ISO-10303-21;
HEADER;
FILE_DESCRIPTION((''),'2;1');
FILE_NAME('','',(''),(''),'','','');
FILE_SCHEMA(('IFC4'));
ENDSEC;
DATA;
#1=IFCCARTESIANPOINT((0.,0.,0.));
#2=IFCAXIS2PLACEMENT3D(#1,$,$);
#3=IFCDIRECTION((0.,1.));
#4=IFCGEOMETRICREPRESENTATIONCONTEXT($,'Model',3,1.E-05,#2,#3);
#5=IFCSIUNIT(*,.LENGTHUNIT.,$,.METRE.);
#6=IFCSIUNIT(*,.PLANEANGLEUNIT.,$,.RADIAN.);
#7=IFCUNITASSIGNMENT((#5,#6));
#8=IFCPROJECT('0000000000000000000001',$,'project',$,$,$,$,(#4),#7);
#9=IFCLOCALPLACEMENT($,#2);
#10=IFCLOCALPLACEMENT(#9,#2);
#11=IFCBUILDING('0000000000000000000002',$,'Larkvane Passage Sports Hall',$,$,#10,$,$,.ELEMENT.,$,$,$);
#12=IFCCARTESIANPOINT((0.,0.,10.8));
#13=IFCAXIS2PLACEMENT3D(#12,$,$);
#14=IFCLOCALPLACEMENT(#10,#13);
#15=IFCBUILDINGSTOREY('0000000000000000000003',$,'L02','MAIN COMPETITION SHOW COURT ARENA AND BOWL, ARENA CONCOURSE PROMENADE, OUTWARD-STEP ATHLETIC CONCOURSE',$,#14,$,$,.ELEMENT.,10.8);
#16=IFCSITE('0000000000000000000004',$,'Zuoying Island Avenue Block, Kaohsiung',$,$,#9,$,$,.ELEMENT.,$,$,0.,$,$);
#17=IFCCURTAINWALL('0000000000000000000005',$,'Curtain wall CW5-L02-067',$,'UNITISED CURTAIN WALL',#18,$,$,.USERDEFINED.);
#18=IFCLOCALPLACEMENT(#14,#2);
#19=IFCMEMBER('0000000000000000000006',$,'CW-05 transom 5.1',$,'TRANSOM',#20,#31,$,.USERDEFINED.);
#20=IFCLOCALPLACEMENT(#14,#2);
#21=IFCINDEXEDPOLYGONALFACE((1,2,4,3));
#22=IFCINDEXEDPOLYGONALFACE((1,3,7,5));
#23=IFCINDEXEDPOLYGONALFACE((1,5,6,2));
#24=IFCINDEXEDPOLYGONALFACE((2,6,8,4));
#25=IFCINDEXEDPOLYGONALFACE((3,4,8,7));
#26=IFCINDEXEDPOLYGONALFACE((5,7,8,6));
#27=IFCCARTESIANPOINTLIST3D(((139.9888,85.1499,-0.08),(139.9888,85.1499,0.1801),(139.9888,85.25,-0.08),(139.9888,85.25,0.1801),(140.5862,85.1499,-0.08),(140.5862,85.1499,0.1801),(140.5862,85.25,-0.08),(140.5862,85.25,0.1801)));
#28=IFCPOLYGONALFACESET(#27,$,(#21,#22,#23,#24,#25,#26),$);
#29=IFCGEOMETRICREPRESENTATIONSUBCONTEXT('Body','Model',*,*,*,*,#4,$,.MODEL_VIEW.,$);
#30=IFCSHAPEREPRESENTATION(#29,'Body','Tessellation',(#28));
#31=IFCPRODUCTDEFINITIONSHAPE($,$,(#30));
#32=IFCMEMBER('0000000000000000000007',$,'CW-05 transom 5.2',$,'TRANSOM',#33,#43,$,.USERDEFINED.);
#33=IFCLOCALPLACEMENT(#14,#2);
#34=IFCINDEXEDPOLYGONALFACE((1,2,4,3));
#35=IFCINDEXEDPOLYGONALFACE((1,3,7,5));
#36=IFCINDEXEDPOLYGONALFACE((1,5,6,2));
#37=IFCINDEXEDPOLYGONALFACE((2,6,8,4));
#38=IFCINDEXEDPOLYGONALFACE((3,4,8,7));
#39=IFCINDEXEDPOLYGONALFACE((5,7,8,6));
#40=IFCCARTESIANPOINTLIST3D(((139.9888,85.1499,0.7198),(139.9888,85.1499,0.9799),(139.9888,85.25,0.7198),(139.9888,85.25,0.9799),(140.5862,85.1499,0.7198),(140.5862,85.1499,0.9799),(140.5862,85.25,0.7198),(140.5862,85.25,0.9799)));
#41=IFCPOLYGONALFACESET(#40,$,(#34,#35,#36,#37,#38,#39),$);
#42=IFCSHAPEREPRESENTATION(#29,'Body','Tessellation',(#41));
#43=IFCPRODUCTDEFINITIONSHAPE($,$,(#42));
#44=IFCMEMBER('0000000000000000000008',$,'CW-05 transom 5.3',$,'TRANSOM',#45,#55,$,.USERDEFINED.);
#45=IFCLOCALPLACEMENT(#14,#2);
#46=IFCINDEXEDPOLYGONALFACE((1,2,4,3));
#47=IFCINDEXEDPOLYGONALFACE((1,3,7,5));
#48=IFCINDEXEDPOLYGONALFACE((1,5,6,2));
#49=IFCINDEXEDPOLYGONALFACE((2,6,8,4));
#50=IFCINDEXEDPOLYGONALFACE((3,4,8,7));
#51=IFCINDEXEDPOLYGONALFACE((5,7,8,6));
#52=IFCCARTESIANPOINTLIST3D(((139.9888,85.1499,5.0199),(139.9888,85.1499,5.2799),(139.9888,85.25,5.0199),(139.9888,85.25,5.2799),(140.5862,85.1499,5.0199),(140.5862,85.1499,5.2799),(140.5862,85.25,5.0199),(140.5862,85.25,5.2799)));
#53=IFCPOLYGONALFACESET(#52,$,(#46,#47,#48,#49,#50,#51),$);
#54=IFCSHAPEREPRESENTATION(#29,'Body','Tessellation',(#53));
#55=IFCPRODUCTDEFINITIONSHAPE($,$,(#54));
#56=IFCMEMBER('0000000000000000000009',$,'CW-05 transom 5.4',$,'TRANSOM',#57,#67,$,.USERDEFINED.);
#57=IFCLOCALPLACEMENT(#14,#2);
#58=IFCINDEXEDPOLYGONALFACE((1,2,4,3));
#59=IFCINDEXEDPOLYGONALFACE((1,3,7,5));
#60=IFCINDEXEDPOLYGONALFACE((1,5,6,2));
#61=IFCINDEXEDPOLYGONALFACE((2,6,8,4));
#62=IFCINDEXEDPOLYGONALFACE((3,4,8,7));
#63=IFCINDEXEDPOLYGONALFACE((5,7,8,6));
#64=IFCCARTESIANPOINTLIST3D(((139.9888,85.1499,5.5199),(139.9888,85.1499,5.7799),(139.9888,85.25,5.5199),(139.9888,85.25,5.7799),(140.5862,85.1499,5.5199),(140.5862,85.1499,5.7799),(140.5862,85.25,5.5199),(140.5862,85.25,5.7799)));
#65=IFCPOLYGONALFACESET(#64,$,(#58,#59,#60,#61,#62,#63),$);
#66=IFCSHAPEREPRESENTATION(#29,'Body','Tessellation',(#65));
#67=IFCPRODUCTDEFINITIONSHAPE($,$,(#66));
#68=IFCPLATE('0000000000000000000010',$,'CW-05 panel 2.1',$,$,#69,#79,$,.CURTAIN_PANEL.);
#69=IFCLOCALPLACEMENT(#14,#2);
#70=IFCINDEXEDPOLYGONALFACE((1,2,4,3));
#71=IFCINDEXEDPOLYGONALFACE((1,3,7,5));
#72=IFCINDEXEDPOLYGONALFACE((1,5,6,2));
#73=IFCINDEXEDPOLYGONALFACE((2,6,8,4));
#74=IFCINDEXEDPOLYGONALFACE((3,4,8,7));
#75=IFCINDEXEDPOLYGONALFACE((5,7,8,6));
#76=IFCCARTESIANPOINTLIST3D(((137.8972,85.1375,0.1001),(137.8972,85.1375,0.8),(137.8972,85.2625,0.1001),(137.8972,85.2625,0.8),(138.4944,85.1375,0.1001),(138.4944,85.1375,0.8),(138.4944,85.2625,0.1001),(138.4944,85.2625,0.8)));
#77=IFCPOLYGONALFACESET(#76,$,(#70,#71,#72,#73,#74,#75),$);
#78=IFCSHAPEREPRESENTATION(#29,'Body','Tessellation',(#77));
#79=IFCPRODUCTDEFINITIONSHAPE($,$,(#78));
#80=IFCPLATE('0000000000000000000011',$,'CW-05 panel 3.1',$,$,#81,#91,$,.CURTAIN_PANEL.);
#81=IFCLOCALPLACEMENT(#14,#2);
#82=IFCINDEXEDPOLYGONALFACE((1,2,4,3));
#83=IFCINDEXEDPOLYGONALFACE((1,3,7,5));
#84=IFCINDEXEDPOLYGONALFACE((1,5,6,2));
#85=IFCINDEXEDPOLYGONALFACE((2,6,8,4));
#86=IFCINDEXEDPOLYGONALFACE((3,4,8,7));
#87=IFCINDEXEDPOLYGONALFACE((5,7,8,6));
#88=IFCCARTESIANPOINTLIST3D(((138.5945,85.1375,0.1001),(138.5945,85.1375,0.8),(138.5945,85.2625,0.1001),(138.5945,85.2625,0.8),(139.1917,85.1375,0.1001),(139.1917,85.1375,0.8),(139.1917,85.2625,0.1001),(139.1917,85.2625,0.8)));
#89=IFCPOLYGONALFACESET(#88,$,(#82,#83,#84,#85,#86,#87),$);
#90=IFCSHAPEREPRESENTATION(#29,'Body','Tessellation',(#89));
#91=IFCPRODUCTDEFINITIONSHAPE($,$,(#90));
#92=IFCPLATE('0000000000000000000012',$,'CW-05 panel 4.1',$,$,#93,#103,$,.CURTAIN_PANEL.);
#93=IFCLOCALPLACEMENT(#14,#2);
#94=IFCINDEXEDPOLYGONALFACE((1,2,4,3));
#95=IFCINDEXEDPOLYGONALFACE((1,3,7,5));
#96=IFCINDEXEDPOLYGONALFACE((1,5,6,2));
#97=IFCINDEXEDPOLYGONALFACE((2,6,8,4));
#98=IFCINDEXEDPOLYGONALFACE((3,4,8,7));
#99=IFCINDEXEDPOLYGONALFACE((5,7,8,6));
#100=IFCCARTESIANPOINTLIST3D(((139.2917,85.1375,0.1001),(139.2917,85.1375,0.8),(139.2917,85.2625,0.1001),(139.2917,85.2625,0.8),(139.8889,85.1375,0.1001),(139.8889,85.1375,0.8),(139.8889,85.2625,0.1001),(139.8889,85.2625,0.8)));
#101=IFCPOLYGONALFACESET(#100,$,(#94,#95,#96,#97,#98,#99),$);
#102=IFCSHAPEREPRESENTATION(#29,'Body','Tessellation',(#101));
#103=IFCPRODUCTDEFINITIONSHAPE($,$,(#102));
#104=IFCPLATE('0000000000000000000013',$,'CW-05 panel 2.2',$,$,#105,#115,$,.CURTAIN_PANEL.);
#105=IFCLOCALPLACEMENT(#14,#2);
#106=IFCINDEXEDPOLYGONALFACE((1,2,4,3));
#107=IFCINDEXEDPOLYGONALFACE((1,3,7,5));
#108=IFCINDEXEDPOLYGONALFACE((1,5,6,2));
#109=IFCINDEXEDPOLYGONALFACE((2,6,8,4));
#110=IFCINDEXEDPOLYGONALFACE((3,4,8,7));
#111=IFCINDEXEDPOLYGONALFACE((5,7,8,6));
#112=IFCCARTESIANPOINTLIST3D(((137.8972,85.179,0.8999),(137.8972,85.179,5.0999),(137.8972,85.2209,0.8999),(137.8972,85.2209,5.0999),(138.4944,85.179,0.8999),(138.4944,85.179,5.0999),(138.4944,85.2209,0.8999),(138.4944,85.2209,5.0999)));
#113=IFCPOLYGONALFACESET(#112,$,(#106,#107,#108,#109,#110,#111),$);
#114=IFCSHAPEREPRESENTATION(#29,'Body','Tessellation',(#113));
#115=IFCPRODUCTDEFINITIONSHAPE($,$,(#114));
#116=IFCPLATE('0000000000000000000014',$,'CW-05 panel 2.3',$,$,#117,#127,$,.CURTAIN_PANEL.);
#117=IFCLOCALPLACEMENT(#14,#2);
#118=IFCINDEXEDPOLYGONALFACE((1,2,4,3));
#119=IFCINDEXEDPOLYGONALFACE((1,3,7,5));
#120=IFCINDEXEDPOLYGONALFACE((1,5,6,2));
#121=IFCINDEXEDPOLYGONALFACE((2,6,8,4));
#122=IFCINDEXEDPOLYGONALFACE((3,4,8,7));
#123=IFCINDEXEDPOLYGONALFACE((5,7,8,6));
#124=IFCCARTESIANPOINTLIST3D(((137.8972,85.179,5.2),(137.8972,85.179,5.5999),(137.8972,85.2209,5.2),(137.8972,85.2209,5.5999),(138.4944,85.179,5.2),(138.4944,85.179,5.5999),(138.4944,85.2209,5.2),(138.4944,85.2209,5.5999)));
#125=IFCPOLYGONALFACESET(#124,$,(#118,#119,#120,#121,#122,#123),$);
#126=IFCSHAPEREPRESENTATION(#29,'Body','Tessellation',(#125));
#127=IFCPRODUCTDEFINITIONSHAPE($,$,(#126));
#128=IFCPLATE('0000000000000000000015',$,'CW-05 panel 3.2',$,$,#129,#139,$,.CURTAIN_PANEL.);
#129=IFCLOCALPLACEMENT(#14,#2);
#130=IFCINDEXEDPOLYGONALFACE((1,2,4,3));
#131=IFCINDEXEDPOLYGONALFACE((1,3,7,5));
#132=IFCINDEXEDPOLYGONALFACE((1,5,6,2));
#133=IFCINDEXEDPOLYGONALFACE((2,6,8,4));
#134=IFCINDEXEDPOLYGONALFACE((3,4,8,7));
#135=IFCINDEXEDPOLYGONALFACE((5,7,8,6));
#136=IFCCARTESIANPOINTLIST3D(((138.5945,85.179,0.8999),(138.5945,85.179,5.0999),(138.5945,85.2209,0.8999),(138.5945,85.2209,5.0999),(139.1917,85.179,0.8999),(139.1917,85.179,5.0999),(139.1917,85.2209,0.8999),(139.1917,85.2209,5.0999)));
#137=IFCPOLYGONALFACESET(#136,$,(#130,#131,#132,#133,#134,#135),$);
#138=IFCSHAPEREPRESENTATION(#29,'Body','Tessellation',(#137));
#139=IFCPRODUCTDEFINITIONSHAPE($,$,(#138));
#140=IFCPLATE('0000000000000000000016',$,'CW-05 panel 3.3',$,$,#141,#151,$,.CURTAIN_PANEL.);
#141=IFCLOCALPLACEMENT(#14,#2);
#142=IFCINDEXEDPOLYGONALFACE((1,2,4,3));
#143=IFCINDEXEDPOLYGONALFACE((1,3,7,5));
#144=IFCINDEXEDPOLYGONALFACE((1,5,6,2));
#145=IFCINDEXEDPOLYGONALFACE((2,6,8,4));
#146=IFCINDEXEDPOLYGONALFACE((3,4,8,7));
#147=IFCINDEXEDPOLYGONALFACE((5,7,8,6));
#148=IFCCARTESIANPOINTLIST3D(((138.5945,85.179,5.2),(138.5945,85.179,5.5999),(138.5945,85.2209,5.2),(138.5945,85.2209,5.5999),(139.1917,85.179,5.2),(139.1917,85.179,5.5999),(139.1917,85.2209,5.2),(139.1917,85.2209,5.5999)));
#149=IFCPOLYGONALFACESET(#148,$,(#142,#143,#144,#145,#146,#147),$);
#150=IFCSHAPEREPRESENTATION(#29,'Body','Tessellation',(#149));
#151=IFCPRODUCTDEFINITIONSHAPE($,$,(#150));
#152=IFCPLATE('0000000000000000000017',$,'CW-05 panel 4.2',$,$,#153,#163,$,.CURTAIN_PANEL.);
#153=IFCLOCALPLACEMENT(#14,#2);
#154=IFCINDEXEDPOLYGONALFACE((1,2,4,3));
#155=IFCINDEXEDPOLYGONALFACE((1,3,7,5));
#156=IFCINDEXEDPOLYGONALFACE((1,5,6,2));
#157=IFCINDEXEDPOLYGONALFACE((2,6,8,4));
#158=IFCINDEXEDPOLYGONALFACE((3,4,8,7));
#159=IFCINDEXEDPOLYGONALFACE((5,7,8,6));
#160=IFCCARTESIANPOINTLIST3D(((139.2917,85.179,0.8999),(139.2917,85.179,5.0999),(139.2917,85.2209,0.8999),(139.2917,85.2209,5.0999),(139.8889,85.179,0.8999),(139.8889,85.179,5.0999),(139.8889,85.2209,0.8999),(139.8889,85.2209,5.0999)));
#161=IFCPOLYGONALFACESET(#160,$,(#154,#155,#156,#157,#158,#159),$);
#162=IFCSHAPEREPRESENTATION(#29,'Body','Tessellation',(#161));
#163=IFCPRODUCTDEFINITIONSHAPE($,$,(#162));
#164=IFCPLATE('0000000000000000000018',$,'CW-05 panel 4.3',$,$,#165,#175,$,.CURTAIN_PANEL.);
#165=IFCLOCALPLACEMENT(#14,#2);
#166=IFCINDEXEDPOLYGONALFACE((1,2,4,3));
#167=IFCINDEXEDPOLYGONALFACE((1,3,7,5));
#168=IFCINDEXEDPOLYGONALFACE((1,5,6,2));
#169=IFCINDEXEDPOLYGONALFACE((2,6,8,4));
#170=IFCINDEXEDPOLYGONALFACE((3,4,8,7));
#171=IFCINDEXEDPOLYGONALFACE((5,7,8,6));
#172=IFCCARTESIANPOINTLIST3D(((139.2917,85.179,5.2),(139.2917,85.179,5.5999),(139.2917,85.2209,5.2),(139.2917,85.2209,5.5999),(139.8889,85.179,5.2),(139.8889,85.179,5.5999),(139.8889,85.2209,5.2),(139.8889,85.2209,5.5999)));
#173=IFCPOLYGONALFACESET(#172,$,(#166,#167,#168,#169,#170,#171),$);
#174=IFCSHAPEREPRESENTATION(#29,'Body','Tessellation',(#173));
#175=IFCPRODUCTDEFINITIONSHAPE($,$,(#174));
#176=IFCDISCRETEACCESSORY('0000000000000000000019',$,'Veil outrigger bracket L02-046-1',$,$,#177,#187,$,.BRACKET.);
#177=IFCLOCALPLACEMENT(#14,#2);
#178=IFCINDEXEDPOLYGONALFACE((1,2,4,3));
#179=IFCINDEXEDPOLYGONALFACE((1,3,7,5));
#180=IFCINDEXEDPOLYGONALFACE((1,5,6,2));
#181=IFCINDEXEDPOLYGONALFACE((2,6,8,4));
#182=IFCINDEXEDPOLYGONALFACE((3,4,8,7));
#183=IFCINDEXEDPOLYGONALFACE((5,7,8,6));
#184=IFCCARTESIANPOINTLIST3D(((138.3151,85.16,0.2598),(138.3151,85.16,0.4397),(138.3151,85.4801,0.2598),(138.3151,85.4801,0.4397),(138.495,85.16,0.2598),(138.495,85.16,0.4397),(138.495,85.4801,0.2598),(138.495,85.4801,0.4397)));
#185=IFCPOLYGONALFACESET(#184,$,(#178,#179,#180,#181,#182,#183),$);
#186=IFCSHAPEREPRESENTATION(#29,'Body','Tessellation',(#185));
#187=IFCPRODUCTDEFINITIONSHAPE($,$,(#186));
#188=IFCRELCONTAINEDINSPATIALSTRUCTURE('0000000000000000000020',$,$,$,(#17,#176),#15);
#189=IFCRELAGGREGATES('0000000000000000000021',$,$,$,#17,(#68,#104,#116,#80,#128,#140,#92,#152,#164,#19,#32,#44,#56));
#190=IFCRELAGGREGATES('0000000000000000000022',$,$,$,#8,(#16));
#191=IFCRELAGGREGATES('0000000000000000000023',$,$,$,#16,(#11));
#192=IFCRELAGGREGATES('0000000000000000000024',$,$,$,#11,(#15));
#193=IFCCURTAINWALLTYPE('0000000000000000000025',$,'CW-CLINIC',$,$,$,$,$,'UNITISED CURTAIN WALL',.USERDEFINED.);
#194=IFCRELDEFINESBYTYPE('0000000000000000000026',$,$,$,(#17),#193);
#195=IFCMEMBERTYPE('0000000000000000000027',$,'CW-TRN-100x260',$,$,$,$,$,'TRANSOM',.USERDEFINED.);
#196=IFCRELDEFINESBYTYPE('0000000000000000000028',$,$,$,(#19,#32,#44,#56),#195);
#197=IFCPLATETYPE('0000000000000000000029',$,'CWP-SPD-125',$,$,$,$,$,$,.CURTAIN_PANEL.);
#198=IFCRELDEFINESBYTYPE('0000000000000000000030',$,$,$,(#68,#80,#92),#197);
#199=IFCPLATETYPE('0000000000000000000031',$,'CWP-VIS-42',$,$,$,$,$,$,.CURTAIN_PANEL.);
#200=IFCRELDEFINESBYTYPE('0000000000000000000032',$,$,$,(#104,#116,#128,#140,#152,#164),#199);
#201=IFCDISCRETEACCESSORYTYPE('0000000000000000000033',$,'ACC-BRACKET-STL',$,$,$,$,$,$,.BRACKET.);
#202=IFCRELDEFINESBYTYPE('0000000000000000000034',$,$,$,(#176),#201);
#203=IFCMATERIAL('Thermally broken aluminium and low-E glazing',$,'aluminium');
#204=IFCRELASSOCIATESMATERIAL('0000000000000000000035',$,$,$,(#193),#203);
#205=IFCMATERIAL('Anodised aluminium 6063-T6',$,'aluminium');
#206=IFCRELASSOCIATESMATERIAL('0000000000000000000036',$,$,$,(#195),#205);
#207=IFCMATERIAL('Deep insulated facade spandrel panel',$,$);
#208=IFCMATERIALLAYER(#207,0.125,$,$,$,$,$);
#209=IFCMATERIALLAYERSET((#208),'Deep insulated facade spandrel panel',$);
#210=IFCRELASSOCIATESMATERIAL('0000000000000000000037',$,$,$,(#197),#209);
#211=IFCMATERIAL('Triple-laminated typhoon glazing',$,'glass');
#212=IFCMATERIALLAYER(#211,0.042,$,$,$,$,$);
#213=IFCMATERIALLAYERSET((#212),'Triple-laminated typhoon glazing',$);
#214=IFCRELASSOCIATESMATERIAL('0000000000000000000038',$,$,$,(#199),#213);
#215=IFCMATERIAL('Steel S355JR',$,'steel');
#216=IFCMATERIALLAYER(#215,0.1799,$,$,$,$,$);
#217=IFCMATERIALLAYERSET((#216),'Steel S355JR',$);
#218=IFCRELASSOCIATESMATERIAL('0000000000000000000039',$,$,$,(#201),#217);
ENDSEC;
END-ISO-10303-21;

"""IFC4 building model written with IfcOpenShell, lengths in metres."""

from ifc_helpers import new_model, si_unit, direction, frame, origin, origin_2d, place, context, subcontext, project, spatial, rectangle, extrude, material, layer, layer_set, material_profile, profile_set, type_object, element, aggregate, save


model = new_model("IFC4")

# Units and contexts
model_context = context("Model", 3, precision=1e-05, world=origin(), true_north=direction((0.0, 1.0)))
body_context = subcontext(model_context, "Body", "Model", "MODEL_VIEW")
ifc_project = project(units=[si_unit("LENGTHUNIT", "METRE"), si_unit("PLANEANGLEUNIT", "RADIAN")], contexts=[model_context])

# Site, building, storey
site_placement = place(None, origin())
site = spatial("IfcSite", under=ifc_project, at=site_placement, Name="Zuoying Island Avenue Block, Kaohsiung", CompositionType="ELEMENT", RefElevation=0.0)
building_placement = place(site_placement, origin())
building = spatial("IfcBuilding", under=site, at=building_placement, Name="Larkvane Passage Sports Hall", CompositionType="ELEMENT")
storey_placement = place(building_placement, frame((0.0, 0.0, 10.8)))
storey = spatial("IfcBuildingStorey", under=building, at=storey_placement, Name="L02", Description="MAIN COMPETITION SHOW COURT ARENA AND BOWL, ARENA CONCOURSE PROMENADE, OUTWARD-STEP ATHLETIC CONCOURSE", CompositionType="ELEMENT", Elevation=10.8)

# Curtain wall, members, plates
ifc_material_1 = material(Name="Thermally broken aluminium and low-E glazing", Category="aluminium")
curtain_wall_type = type_object("IfcCurtainWallType", Name="CW-CLINIC", ElementType="UNITISED CURTAIN WALL", PredefinedType="USERDEFINED", material=ifc_material_1)
curtain_wall_placement = place(storey_placement, origin())
curtain_wall = element("IfcCurtainWall", 1, at=curtain_wall_placement, inside=storey, type_object=curtain_wall_type, Name="Curtain wall CW5-L02-067", ObjectType="UNITISED CURTAIN WALL", PredefinedType="USERDEFINED")
ifc_material_2 = material(Name="Anodised aluminium 6063-T6", Category="aluminium")
ifc_material_profile_1 = material_profile(ifc_material_2, rectangle(XDim=0.1001, YDim=0.26, at=origin_2d()), Name="ALU-TRN-100x260")
ifc_profile_set_1 = profile_set([ifc_material_profile_1], Name="Anodised aluminium 6063-T6")
member_type_1 = type_object("IfcMemberType", Name="CW-TRN-100x260", ElementType="TRANSOM", PredefinedType="USERDEFINED", material=ifc_profile_set_1)
member_1_placement = place(storey_placement, frame((139.9888, 85.2, 0.05), z_axis=(1.0, 0.0, 0.0), x_axis=(0.0, 1.0, 0.0)))
member_1 = element("IfcMember", 2, at=member_1_placement, type_object=member_type_1, Name="CW-05 transom 5.1", ObjectType="TRANSOM", PredefinedType="USERDEFINED", context=body_context, shape_type="SweptSolid", body=[
    extrude(rectangle(XDim=0.1001, YDim=0.26, at=origin_2d()), origin(), (0.0, 0.0, 1.0), 0.5974),
])
member_2_placement = place(storey_placement, frame((139.9888, 85.2, 0.8499), z_axis=(1.0, 0.0, 0.0), x_axis=(0.0, 1.0, 0.0)))
member_2 = element("IfcMember", 3, at=member_2_placement, type_object=member_type_1, Name="CW-05 transom 5.2", ObjectType="TRANSOM", PredefinedType="USERDEFINED", context=body_context, shape_type="SweptSolid", body=[
    extrude(rectangle(XDim=0.1001, YDim=0.26, at=origin_2d()), origin(), (0.0, 0.0, 1.0), 0.5974),
])
member_3_placement = place(storey_placement, frame((139.9888, 85.2, 5.1499), z_axis=(1.0, 0.0, 0.0), x_axis=(0.0, 1.0, 0.0)))
member_3 = element("IfcMember", 4, at=member_3_placement, type_object=member_type_1, Name="CW-05 transom 5.3", ObjectType="TRANSOM", PredefinedType="USERDEFINED", context=body_context, shape_type="SweptSolid", body=[
    extrude(rectangle(XDim=0.1001, YDim=0.26, at=origin_2d()), origin(), (0.0, 0.0, 1.0), 0.5974),
])
member_4_placement = place(storey_placement, frame((139.9888, 85.2, 5.6499), z_axis=(1.0, 0.0, 0.0), x_axis=(0.0, 1.0, 0.0)))
member_4 = element("IfcMember", 5, at=member_4_placement, type_object=member_type_1, Name="CW-05 transom 5.4", ObjectType="TRANSOM", PredefinedType="USERDEFINED", context=body_context, shape_type="SweptSolid", body=[
    extrude(rectangle(XDim=0.1001, YDim=0.26, at=origin_2d()), origin(), (0.0, 0.0, 1.0), 0.5974),
])
ifc_material_3 = material(Name="Deep insulated facade spandrel panel")
ifc_layer_1 = layer(ifc_material_3, 0.125)
ifc_layer_set_1 = layer_set([ifc_layer_1], Name="Deep insulated facade spandrel panel")
plate_type_1 = type_object("IfcPlateType", Name="CWP-SPD-125", PredefinedType="CURTAIN_PANEL", material=ifc_layer_set_1)
plate_1_placement = place(storey_placement, frame((138.1958, 85.2, 0.1001), z_axis=(0.0, 0.0, 1.0), x_axis=(1.0, 0.0, 0.0)))
plate_1 = element("IfcPlate", 6, at=plate_1_placement, type_object=plate_type_1, Name="CW-05 panel 2.1", PredefinedType="CURTAIN_PANEL", context=body_context, shape_type="SweptSolid", body=[
    extrude(rectangle(XDim=0.5972, YDim=0.125, at=origin_2d()), origin(), (0.0, 0.0, 1.0), 0.7),
])
plate_2_placement = place(storey_placement, frame((138.8931, 85.2, 0.1001), z_axis=(0.0, 0.0, 1.0), x_axis=(1.0, 0.0, 0.0)))
plate_2 = element("IfcPlate", 7, at=plate_2_placement, type_object=plate_type_1, Name="CW-05 panel 3.1", PredefinedType="CURTAIN_PANEL", context=body_context, shape_type="SweptSolid", body=[
    extrude(rectangle(XDim=0.5972, YDim=0.125, at=origin_2d()), origin(), (0.0, 0.0, 1.0), 0.7),
])
plate_3_placement = place(storey_placement, frame((139.5903, 85.2, 0.1001), z_axis=(0.0, 0.0, 1.0), x_axis=(1.0, 0.0, 0.0)))
plate_3 = element("IfcPlate", 8, at=plate_3_placement, type_object=plate_type_1, Name="CW-05 panel 4.1", PredefinedType="CURTAIN_PANEL", context=body_context, shape_type="SweptSolid", body=[
    extrude(rectangle(XDim=0.5972, YDim=0.125, at=origin_2d()), origin(), (0.0, 0.0, 1.0), 0.7),
])
ifc_material_4 = material(Name="Triple-laminated typhoon glazing", Category="glass")
ifc_layer_2 = layer(ifc_material_4, 0.042)
ifc_layer_set_2 = layer_set([ifc_layer_2], Name="Triple-laminated typhoon glazing")
plate_type_2 = type_object("IfcPlateType", Name="CWP-VIS-42", PredefinedType="CURTAIN_PANEL", material=ifc_layer_set_2)
plate_4_placement = place(storey_placement, frame((138.1958, 85.2, 0.8999), z_axis=(0.0, 0.0, 1.0), x_axis=(1.0, 0.0, 0.0)))
plate_4 = element("IfcPlate", 9, at=plate_4_placement, type_object=plate_type_2, Name="CW-05 panel 2.2", PredefinedType="CURTAIN_PANEL", context=body_context, shape_type="SweptSolid", body=[
    extrude(rectangle(XDim=0.5972, YDim=0.042, at=origin_2d()), origin(), (0.0, 0.0, 1.0), 4.2),
])
plate_5_placement = place(storey_placement, frame((138.1958, 85.2, 5.2), z_axis=(0.0, 0.0, 1.0), x_axis=(1.0, 0.0, 0.0)))
plate_5 = element("IfcPlate", 10, at=plate_5_placement, type_object=plate_type_2, Name="CW-05 panel 2.3", PredefinedType="CURTAIN_PANEL", context=body_context, shape_type="SweptSolid", body=[
    extrude(rectangle(XDim=0.5972, YDim=0.042, at=origin_2d()), origin(), (0.0, 0.0, 1.0), 0.3999),
])
plate_6_placement = place(storey_placement, frame((138.8931, 85.2, 0.8999), z_axis=(0.0, 0.0, 1.0), x_axis=(1.0, 0.0, 0.0)))
plate_6 = element("IfcPlate", 11, at=plate_6_placement, type_object=plate_type_2, Name="CW-05 panel 3.2", PredefinedType="CURTAIN_PANEL", context=body_context, shape_type="SweptSolid", body=[
    extrude(rectangle(XDim=0.5972, YDim=0.042, at=origin_2d()), origin(), (0.0, 0.0, 1.0), 4.2),
])
plate_7_placement = place(storey_placement, frame((138.8931, 85.2, 5.2), z_axis=(0.0, 0.0, 1.0), x_axis=(1.0, 0.0, 0.0)))
plate_7 = element("IfcPlate", 12, at=plate_7_placement, type_object=plate_type_2, Name="CW-05 panel 3.3", PredefinedType="CURTAIN_PANEL", context=body_context, shape_type="SweptSolid", body=[
    extrude(rectangle(XDim=0.5972, YDim=0.042, at=origin_2d()), origin(), (0.0, 0.0, 1.0), 0.3999),
])
plate_8_placement = place(storey_placement, frame((139.5903, 85.2, 0.8999), z_axis=(0.0, 0.0, 1.0), x_axis=(1.0, 0.0, 0.0)))
plate_8 = element("IfcPlate", 13, at=plate_8_placement, type_object=plate_type_2, Name="CW-05 panel 4.2", PredefinedType="CURTAIN_PANEL", context=body_context, shape_type="SweptSolid", body=[
    extrude(rectangle(XDim=0.5972, YDim=0.042, at=origin_2d()), origin(), (0.0, 0.0, 1.0), 4.2),
])
plate_9_placement = place(storey_placement, frame((139.5903, 85.2, 5.2), z_axis=(0.0, 0.0, 1.0), x_axis=(1.0, 0.0, 0.0)))
plate_9 = element("IfcPlate", 14, at=plate_9_placement, type_object=plate_type_2, Name="CW-05 panel 4.3", PredefinedType="CURTAIN_PANEL", context=body_context, shape_type="SweptSolid", body=[
    extrude(rectangle(XDim=0.5972, YDim=0.042, at=origin_2d()), origin(), (0.0, 0.0, 1.0), 0.3999),
])
aggregate(curtain_wall, [plate_1, plate_4, plate_5, plate_2, plate_6, plate_7, plate_3, plate_8, plate_9, member_1, member_2, member_3, member_4])

# Discrete accessory
ifc_material_5 = material(Name="Steel S355JR", Category="steel")
ifc_layer_3 = layer(ifc_material_5, 0.1799)
ifc_layer_set_3 = layer_set([ifc_layer_3], Name="Steel S355JR")
discrete_accessory_type = type_object("IfcDiscreteAccessoryType", Name="ACC-BRACKET-STL", PredefinedType="BRACKET", material=ifc_layer_set_3)
discrete_accessory_placement = place(storey_placement, frame((138.405, 85.3201, 0.2598), z_axis=(0.0, 0.0, 1.0), x_axis=(1.0, 0.0, 0.0)))
element("IfcDiscreteAccessory", 15, at=discrete_accessory_placement, inside=storey, type_object=discrete_accessory_type, Name="Veil outrigger bracket L02-046-1", PredefinedType="BRACKET", context=body_context, shape_type="SweptSolid", body=[
    extrude(rectangle(XDim=0.1799, YDim=0.3201, at=origin_2d()), origin(), (0.0, 0.0, 1.0), 0.1799),
])

save(model, "model.ifc")
